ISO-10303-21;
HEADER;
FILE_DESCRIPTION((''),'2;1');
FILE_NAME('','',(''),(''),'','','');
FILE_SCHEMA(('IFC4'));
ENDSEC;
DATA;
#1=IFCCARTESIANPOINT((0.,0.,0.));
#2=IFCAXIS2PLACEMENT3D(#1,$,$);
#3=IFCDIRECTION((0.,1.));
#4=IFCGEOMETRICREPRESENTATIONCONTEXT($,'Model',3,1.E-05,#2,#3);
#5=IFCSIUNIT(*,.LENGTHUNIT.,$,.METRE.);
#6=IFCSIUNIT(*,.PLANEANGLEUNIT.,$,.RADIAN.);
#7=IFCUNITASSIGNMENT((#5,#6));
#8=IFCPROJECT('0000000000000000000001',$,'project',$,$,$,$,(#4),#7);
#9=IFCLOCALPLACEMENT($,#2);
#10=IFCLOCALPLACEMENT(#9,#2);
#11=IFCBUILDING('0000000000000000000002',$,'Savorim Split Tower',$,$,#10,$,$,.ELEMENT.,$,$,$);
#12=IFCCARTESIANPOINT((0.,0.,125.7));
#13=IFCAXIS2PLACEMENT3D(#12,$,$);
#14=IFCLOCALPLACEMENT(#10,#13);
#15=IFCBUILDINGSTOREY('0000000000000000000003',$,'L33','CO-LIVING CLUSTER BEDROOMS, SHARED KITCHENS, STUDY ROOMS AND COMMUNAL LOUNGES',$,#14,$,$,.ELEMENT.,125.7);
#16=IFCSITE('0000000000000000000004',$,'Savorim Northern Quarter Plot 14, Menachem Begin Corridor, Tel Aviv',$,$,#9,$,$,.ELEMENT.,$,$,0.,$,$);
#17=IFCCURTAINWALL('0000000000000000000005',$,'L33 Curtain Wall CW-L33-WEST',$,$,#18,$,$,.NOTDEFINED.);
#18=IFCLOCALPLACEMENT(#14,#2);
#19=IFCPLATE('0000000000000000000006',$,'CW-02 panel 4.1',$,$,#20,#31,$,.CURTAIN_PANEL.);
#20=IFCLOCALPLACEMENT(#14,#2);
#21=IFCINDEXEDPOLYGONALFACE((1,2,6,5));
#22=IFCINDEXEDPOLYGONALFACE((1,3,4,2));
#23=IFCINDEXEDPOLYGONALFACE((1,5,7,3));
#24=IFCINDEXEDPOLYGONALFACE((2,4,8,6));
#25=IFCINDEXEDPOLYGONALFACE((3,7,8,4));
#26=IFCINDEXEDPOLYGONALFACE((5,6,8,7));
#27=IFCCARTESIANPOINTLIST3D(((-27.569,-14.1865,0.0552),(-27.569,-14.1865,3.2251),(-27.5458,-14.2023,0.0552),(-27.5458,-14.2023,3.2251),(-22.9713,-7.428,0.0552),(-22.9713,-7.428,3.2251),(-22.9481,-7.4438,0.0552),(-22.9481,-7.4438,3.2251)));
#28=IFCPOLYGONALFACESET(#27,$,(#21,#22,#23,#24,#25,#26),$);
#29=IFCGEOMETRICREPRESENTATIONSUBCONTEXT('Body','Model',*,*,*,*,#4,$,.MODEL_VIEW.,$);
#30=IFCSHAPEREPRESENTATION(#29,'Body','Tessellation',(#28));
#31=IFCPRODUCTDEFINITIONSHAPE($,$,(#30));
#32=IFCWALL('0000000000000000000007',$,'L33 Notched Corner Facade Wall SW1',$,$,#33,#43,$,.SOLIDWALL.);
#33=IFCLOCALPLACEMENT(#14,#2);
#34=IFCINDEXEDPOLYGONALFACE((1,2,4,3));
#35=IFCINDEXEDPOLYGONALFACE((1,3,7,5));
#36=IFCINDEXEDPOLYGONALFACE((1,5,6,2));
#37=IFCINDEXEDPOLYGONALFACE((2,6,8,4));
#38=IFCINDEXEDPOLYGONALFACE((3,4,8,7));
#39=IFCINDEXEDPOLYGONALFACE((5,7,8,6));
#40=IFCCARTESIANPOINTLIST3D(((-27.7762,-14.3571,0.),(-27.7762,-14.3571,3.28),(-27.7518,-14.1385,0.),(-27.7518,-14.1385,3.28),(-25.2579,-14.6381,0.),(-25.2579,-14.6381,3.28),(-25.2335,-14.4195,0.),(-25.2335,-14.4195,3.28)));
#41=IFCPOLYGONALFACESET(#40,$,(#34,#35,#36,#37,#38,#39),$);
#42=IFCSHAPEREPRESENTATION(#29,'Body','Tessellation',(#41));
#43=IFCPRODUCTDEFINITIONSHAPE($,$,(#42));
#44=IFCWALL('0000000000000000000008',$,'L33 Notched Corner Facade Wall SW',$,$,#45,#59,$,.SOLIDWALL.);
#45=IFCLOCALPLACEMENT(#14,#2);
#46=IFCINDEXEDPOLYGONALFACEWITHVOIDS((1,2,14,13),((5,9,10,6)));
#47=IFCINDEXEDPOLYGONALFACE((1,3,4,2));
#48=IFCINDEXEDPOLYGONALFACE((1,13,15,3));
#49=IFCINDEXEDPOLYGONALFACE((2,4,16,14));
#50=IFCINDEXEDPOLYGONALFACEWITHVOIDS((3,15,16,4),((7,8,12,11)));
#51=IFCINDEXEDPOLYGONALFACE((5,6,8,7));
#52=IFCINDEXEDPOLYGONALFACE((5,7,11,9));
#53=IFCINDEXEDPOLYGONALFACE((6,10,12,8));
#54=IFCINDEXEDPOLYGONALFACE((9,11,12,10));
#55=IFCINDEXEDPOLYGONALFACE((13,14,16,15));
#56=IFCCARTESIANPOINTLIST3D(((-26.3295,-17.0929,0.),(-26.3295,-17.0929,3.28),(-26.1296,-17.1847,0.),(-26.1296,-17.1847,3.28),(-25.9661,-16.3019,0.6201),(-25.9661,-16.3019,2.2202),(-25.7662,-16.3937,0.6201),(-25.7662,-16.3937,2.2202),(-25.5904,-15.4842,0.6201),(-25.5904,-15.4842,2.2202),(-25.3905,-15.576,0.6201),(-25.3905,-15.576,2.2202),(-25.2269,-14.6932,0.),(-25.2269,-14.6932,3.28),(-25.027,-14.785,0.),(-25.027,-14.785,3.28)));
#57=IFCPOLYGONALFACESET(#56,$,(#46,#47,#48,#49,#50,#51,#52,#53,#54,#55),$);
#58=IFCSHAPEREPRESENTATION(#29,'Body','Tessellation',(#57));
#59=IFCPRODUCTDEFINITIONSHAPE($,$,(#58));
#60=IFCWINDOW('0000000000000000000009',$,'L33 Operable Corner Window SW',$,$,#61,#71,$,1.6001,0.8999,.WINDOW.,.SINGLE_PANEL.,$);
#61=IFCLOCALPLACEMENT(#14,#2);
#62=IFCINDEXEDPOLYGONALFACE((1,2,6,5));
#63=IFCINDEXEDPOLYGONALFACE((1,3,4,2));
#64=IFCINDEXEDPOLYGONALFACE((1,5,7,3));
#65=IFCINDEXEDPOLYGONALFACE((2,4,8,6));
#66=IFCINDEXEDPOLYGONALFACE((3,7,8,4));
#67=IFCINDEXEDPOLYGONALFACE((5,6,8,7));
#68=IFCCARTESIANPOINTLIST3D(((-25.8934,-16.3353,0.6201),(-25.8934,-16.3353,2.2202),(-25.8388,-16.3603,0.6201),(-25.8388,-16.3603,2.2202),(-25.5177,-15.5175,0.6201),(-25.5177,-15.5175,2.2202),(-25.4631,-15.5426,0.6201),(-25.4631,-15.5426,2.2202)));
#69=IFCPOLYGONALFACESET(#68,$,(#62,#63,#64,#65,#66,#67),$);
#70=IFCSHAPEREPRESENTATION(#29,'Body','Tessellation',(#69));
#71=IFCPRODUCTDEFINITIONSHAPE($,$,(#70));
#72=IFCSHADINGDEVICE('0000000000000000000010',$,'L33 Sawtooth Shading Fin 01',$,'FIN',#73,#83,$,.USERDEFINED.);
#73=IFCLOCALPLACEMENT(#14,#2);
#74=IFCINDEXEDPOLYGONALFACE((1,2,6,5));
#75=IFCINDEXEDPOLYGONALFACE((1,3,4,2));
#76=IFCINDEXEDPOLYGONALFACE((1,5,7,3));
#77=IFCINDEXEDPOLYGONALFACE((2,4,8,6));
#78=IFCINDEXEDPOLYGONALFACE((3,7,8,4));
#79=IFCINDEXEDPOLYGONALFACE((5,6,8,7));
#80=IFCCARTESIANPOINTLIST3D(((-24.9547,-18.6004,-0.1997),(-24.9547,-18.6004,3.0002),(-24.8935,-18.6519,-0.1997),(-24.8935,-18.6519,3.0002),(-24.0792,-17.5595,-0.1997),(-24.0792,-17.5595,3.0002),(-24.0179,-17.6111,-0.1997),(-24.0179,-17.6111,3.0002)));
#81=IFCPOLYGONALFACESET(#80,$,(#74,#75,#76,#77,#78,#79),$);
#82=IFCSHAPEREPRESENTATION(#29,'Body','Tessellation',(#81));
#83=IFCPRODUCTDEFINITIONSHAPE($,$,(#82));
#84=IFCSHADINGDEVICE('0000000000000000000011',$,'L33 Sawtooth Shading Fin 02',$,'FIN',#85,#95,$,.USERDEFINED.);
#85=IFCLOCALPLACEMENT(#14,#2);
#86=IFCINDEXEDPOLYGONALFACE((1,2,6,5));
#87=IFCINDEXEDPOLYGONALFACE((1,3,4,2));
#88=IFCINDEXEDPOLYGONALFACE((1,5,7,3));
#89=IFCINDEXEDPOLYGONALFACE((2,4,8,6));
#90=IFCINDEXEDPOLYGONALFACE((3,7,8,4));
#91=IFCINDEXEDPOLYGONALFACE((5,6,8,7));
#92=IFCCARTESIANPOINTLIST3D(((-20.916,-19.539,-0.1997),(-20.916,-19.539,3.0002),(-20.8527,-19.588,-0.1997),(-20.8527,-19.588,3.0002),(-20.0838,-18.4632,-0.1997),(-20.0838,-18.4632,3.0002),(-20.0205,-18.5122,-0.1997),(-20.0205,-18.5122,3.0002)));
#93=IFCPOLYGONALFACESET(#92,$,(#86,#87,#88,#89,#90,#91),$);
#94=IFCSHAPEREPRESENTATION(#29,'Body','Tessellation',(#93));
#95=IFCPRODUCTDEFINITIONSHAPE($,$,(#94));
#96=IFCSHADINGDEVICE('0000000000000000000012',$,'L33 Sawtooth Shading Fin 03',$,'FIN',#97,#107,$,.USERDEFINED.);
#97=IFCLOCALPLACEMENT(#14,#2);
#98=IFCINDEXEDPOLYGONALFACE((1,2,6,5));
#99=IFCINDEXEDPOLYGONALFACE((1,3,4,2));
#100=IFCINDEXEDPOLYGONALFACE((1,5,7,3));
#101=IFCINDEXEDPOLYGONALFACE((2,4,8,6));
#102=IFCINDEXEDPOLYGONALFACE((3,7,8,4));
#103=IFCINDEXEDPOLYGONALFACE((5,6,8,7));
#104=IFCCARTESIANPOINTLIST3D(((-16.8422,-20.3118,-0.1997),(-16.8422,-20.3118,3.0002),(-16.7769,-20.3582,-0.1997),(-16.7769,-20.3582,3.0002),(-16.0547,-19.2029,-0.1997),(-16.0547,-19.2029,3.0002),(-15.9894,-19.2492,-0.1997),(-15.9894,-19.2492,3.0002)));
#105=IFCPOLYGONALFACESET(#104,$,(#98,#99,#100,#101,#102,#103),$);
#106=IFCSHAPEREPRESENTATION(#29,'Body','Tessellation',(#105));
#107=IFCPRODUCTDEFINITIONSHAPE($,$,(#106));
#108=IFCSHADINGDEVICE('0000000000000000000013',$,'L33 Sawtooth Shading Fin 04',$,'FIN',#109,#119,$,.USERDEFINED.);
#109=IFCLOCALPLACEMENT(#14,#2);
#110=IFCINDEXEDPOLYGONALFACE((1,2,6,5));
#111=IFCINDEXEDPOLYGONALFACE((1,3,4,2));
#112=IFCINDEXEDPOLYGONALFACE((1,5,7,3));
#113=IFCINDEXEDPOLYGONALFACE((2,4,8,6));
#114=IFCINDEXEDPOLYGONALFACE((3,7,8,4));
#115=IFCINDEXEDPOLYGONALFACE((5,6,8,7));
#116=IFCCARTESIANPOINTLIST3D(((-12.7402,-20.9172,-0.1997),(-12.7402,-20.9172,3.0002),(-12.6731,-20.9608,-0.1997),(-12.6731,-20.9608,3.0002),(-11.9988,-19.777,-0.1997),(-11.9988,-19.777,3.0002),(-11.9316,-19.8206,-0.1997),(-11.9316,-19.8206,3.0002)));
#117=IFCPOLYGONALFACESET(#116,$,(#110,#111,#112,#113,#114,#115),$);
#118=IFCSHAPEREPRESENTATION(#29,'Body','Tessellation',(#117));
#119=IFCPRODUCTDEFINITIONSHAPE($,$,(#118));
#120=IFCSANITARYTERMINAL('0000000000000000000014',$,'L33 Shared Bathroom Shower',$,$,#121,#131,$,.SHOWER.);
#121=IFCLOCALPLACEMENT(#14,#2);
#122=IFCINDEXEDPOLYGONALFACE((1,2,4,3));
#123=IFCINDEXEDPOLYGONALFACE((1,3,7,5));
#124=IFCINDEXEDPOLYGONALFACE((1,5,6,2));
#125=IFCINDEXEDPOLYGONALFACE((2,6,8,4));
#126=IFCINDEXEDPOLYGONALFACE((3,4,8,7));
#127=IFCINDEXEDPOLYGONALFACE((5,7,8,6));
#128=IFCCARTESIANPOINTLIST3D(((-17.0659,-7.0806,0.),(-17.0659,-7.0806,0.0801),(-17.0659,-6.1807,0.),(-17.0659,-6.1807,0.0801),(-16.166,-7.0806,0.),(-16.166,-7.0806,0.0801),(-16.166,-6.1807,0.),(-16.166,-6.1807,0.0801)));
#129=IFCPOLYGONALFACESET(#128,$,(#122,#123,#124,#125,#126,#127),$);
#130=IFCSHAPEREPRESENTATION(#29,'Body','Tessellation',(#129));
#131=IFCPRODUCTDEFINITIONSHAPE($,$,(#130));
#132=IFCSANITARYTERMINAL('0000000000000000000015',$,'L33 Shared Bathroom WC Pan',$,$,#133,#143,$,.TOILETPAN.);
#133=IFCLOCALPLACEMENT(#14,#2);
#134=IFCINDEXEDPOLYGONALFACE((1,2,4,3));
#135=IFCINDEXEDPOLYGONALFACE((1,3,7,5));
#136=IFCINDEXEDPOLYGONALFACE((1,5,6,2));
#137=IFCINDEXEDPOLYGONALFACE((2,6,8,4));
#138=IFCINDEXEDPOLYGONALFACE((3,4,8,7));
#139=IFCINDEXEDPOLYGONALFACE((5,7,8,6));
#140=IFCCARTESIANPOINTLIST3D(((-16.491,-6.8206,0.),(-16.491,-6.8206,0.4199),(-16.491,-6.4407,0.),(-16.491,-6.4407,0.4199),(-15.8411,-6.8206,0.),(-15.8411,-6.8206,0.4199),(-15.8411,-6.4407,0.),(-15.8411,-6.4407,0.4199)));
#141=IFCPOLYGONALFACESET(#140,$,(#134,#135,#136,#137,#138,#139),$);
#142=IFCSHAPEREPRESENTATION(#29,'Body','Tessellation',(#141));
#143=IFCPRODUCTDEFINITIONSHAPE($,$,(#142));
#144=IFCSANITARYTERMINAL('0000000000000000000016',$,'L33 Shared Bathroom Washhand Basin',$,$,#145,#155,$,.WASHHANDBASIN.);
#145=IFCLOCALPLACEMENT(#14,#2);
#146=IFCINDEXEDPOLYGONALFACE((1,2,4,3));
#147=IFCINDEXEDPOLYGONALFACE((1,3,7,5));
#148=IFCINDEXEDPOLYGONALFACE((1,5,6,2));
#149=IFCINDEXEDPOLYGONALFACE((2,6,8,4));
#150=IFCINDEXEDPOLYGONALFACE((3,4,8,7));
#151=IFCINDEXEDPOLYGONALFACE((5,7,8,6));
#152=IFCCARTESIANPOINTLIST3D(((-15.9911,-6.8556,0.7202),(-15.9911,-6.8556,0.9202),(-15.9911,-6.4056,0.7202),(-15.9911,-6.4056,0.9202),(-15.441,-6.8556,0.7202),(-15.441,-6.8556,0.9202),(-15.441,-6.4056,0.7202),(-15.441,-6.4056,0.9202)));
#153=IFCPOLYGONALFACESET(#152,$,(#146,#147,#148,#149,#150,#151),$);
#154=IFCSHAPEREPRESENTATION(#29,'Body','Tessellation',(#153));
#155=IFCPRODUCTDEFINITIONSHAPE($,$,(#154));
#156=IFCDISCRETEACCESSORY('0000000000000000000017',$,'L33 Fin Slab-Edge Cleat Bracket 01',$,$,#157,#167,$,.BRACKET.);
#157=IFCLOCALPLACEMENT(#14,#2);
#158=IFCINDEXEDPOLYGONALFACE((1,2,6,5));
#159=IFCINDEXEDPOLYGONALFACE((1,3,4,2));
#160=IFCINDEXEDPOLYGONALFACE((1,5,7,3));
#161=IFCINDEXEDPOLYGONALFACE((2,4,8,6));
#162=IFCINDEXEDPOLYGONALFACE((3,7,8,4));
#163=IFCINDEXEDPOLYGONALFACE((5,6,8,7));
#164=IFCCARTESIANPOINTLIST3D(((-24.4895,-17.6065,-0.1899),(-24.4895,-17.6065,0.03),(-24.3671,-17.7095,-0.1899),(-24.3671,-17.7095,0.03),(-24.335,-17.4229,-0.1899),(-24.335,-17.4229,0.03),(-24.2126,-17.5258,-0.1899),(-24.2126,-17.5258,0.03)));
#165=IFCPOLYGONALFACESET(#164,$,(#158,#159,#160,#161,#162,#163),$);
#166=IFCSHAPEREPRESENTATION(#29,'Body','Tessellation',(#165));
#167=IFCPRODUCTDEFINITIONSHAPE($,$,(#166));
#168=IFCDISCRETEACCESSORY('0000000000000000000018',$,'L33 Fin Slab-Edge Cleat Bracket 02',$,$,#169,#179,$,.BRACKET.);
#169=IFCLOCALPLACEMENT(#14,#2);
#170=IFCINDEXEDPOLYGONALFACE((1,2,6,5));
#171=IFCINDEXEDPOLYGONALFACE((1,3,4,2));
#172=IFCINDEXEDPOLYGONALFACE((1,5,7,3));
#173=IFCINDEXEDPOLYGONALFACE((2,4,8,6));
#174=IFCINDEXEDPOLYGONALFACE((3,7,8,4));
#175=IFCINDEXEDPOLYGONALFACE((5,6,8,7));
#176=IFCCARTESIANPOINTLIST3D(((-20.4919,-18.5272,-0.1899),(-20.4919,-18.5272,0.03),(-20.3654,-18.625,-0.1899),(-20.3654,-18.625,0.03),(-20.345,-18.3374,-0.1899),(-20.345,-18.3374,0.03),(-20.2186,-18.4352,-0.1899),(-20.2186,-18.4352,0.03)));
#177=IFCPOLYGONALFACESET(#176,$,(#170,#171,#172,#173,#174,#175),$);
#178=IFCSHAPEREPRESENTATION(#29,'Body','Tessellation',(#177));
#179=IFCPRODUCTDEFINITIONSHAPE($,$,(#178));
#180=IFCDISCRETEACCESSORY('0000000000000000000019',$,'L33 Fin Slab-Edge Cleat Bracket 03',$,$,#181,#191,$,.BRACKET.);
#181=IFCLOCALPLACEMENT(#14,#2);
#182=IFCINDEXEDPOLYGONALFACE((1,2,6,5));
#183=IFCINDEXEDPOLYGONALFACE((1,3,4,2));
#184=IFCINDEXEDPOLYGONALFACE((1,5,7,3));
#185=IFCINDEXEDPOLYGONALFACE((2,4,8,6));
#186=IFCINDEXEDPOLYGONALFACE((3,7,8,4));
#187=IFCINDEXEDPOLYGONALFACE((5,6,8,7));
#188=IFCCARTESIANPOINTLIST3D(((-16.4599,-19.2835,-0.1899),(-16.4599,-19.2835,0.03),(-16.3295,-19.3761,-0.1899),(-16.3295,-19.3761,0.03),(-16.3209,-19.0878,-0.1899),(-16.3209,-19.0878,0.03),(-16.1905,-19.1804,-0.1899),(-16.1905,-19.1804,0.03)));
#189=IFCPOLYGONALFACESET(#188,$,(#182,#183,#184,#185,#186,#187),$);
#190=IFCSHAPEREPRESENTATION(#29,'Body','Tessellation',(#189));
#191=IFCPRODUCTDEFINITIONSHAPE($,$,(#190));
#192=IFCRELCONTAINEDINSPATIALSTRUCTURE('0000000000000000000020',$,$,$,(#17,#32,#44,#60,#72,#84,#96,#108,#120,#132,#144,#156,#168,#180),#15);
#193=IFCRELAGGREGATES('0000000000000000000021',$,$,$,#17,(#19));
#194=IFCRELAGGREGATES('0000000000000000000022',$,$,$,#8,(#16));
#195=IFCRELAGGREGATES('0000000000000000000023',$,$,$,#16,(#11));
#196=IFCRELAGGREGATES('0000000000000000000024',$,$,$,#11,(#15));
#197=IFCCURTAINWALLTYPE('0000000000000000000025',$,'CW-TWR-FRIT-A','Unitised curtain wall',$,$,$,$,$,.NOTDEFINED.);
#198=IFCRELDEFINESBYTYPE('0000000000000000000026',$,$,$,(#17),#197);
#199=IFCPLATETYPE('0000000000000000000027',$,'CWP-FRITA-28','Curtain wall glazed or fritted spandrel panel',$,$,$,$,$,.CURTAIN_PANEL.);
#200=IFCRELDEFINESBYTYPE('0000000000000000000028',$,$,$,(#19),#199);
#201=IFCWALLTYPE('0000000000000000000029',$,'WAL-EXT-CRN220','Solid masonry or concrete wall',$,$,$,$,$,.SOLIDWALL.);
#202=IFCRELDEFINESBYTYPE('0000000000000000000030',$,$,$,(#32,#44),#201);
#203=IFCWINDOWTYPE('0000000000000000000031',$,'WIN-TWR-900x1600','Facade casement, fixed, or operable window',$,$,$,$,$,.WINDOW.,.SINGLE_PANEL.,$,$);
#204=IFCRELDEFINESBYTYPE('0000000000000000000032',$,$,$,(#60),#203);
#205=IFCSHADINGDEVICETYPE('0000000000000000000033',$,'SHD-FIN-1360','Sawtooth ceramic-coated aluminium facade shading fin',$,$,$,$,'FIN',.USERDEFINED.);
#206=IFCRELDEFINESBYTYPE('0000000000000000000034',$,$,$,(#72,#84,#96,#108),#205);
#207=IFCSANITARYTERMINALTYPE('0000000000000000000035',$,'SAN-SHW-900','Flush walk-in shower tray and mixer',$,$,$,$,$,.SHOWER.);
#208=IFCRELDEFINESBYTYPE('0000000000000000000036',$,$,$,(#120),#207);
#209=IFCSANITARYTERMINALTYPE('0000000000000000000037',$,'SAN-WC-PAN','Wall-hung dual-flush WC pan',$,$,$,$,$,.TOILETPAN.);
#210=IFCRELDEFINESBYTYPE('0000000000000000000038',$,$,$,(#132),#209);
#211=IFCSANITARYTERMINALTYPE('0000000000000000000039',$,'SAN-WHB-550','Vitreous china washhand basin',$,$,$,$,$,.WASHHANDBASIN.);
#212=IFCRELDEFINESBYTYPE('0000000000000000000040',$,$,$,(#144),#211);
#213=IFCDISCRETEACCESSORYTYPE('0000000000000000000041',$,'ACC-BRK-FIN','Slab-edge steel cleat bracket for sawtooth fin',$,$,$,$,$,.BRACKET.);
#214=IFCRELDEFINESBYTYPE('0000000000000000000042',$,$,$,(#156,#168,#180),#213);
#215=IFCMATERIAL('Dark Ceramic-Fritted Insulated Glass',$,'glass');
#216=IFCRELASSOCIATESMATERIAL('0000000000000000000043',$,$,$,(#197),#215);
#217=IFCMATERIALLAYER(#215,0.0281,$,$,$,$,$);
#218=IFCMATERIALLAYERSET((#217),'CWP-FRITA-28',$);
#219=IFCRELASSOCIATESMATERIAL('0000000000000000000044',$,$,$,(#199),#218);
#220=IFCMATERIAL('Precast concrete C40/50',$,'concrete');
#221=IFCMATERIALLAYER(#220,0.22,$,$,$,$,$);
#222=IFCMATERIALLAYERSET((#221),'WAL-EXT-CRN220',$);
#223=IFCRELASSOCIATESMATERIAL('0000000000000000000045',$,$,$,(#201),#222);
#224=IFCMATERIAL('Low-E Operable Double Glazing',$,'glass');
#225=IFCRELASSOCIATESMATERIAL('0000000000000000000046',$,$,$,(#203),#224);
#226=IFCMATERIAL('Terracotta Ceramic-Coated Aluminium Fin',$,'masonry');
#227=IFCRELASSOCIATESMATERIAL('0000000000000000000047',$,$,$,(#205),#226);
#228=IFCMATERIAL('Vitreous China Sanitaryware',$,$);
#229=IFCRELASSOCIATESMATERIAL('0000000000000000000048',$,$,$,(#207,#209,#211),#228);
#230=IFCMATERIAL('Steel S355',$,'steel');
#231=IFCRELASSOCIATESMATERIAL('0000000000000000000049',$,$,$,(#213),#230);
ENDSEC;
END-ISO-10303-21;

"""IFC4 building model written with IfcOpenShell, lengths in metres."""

from ifc_helpers import new_model, si_unit, direction, frame, frame_2d, origin, origin_2d, place, context, subcontext, project, spatial, rectangle, extrude, material, layer, layer_set, type_object, element, fill, aggregate, save


model = new_model("IFC4")

# Units and contexts
model_context = context("Model", 3, precision=1e-05, world=origin(), true_north=direction((0.0, 1.0)))
body_context = subcontext(model_context, "Body", "Model", "MODEL_VIEW")
ifc_project = project(units=[si_unit("LENGTHUNIT", "METRE"), si_unit("PLANEANGLEUNIT", "RADIAN")], contexts=[model_context])

# Site, building, storey
site_placement = place(None, origin())
site = spatial("IfcSite", under=ifc_project, at=site_placement, Name="Savorim Northern Quarter Plot 14, Menachem Begin Corridor, Tel Aviv", CompositionType="ELEMENT", RefElevation=0.0)
building_placement = place(site_placement, origin())
building = spatial("IfcBuilding", under=site, at=building_placement, Name="Savorim Split Tower", CompositionType="ELEMENT")
storey_placement = place(building_placement, frame((0.0, 0.0, 125.7)))
storey = spatial("IfcBuildingStorey", under=building, at=storey_placement, Name="L33", Description="CO-LIVING CLUSTER BEDROOMS, SHARED KITCHENS, STUDY ROOMS AND COMMUNAL LOUNGES", CompositionType="ELEMENT", Elevation=125.7)

# Shared definitions
ifc_material_1 = material(Name="Steel S355", Category="steel")

# Shared definitions
ifc_material_2 = material(Name="Dark Ceramic-Fritted Insulated Glass", Category="glass")
curtain_wall_type = type_object("IfcCurtainWallType", Name="CW-TWR-FRIT-A", Description="Unitised curtain wall", PredefinedType="NOTDEFINED", material=ifc_material_2)

# Curtain wall
curtain_wall_1_placement = place(storey_placement, origin())
curtain_wall_1 = element("IfcCurtainWall", 1, at=curtain_wall_1_placement, inside=storey, type_object=curtain_wall_type, Name="L33 Curtain Wall CW-L33-WEST", PredefinedType="NOTDEFINED")

# Plate
ifc_layer_1 = layer(ifc_material_2, 0.0281)
ifc_layer_set_1 = layer_set([ifc_layer_1], Name="CWP-FRITA-28")
plate_type = type_object("IfcPlateType", Name="CWP-FRITA-28", Description="Curtain wall glazed or fritted spandrel panel", PredefinedType="CURTAIN_PANEL", material=ifc_layer_set_1)
plate_1_placement = place(storey_placement, frame((-25.2585, -10.8152, 0.0552), z_axis=(0.0, 0.0, 1.0), x_axis=(-0.562467, -0.82682, 0.0)))
plate_1 = element("IfcPlate", 2, at=plate_1_placement, type_object=plate_type, Name="CW-02 panel 4.1", PredefinedType="CURTAIN_PANEL", context=body_context, shape_type="SweptSolid", body=[
    extrude(rectangle(XDim=8.1741, YDim=0.0281, at=origin_2d()), origin(), (0.0, 0.0, 1.0), 3.1699),
])
aggregate(curtain_wall_1, [plate_1])

# Wall
ifc_material_3 = material(Name="Precast concrete C40/50", Category="concrete")
ifc_layer_2 = layer(ifc_material_3, 0.22)
ifc_layer_set_2 = layer_set([ifc_layer_2], Name="WAL-EXT-CRN220")
wall_type = type_object("IfcWallType", Name="WAL-EXT-CRN220", Description="Solid masonry or concrete wall", PredefinedType="SOLIDWALL", material=ifc_layer_set_2)
wall_1_placement = place(storey_placement, frame((-25.2456, -14.5288, 0.0), z_axis=(0.0, 0.0, 1.0), x_axis=(-0.993832, 0.110897, 0.0)))
element("IfcWall", 3, at=wall_1_placement, inside=storey, type_object=wall_type, Name="L33 Notched Corner Facade Wall SW1", PredefinedType="SOLIDWALL", context=body_context, shape_type="SweptSolid", body=[
    extrude(rectangle(XDim=2.5339, YDim=0.22, at=frame_2d((1.2671, 0.0))), origin(), (0.0, 0.0, 1.0), 3.28),
])

# Wall, opening, window
wall_2_placement = place(storey_placement, frame((-26.2295, -17.1387, 0.0), z_axis=(0.0, 0.0, 1.0), x_axis=(0.417498, 0.908678, 0.0)))
wall_2 = element("IfcWall", 4, at=wall_2_placement, inside=storey, type_object=wall_type, Name="L33 Notched Corner Facade Wall SW", PredefinedType="SOLIDWALL", context=body_context, shape_type="SweptSolid", body=[
    extrude(rectangle(XDim=2.6409, YDim=0.22, at=frame_2d((1.3203, 0.0))), origin(), (0.0, 0.0, 1.0), 3.28),
])
opening_placement = place(wall_2_placement, frame((0.8704, 0.0, 0.6201)))
opening = element("IfcOpeningElement", 5, at=opening_placement, cuts=wall_2, PredefinedType="OPENING", context=body_context, shape_type="SweptSolid", body=[
    extrude(rectangle(XDim=0.8999, YDim=1.6001, at=frame_2d((0.45, 0.8))), frame((0.0, 0.1199, 0.0), z_axis=(0.0, -1.0, 0.0), x_axis=(1.0, 0.0, 0.0)), (0.0, 0.0, 1.0), 0.24),
])
ifc_material_4 = material(Name="Low-E Operable Double Glazing", Category="glass")
window_type = type_object("IfcWindowType", Name="WIN-TWR-900x1600", Description="Facade casement, fixed, or operable window", PartitioningType="SINGLE_PANEL", PredefinedType="WINDOW", material=ifc_material_4)
window_placement = place(opening_placement, origin())
window = element("IfcWindow", 6, at=window_placement, inside=storey, type_object=window_type, Name="L33 Operable Corner Window SW", OverallHeight=1.6001, OverallWidth=0.8999, PartitioningType="SINGLE_PANEL", PredefinedType="WINDOW", context=body_context, shape_type="SweptSolid", body=[
    extrude(rectangle(XDim=0.8999, YDim=1.6001, at=frame_2d((0.45, 0.8))), frame((0.0, 0.03, 0.0), z_axis=(0.0, -1.0, 0.0), x_axis=(1.0, 0.0, 0.0)), (0.0, 0.0, 1.0), 0.0601),
])
fill(opening, window)

# Shading devices
ifc_material_5 = material(Name="Terracotta Ceramic-Coated Aluminium Fin", Category="masonry")
shading_device_type = type_object("IfcShadingDeviceType", Name="SHD-FIN-1360", Description="Sawtooth ceramic-coated aluminium facade shading fin", ElementType="FIN", PredefinedType="USERDEFINED", material=ifc_material_5)
for number, where, z_axis, x_axis, name in (
    (7, (-24.4863, -18.1057, -0.1997), (0.0, 0.0, 1.0), (-0.643719, -0.765262, 0.0), "L33 Sawtooth Shading Fin 01"),
    (8, (-20.4683, -19.0256, -0.1997), (0.0, 0.0, 1.0), (-0.611868, -0.79096, 0.0), "L33 Sawtooth Shading Fin 02"),
    (9, (-16.4158, -19.7805, -0.1997), (0.0, 0.0, 1.0), (-0.578994, -0.815332, 0.0), "L33 Sawtooth Shading Fin 03"),
    (10, (-12.3359, -20.3689, -0.1997), (0.0, 0.0, 1.0), (-0.545148, -0.83834, 0.0), "L33 Sawtooth Shading Fin 04"),
):
    element("IfcShadingDevice", number, at=place(storey_placement, frame(where, z_axis=z_axis, x_axis=x_axis)), inside=storey, type_object=shading_device_type, Name=name, ObjectType="FIN", PredefinedType="USERDEFINED", context=body_context, shape_type="SweptSolid", body=[
        extrude(rectangle(XDim=1.3601, YDim=0.0801, at=origin_2d()), origin(), (0.0, 0.0, 1.0), 3.2),
    ])

# Sanitary terminals
ifc_material_6 = material(Name="Vitreous China Sanitaryware")
sanitary_terminal_type_1 = type_object("IfcSanitaryTerminalType", Name="SAN-SHW-900", Description="Flush walk-in shower tray and mixer", PredefinedType="SHOWER", material=ifc_material_6)
sanitary_terminal_1_placement = place(storey_placement, frame((-16.616, -6.6306, 0.0), z_axis=(0.0, 0.0, 1.0), x_axis=(1.0, 0.0, 0.0)))
element("IfcSanitaryTerminal", 11, at=sanitary_terminal_1_placement, inside=storey, type_object=sanitary_terminal_type_1, Name="L33 Shared Bathroom Shower", PredefinedType="SHOWER", context=body_context, shape_type="SweptSolid", body=[
    extrude(rectangle(XDim=0.8999, YDim=0.8999, at=origin_2d()), origin(), (0.0, 0.0, 1.0), 0.0801),
])
sanitary_terminal_type_2 = type_object("IfcSanitaryTerminalType", Name="SAN-WC-PAN", Description="Wall-hung dual-flush WC pan", PredefinedType="TOILETPAN", material=ifc_material_6)
sanitary_terminal_2_placement = place(storey_placement, frame((-16.166, -6.6306, 0.0), z_axis=(0.0, 0.0, 1.0), x_axis=(1.0, 0.0, 0.0)))
element("IfcSanitaryTerminal", 12, at=sanitary_terminal_2_placement, inside=storey, type_object=sanitary_terminal_type_2, Name="L33 Shared Bathroom WC Pan", PredefinedType="TOILETPAN", context=body_context, shape_type="SweptSolid", body=[
    extrude(rectangle(XDim=0.6499, YDim=0.3799, at=origin_2d()), origin(), (0.0, 0.0, 1.0), 0.4199),
])
sanitary_terminal_type_3 = type_object("IfcSanitaryTerminalType", Name="SAN-WHB-550", Description="Vitreous china washhand basin", PredefinedType="WASHHANDBASIN", material=ifc_material_6)
sanitary_terminal_3_placement = place(storey_placement, frame((-15.7161, -6.6306, 0.7202), z_axis=(0.0, 0.0, 1.0), x_axis=(1.0, 0.0, 0.0)))
element("IfcSanitaryTerminal", 13, at=sanitary_terminal_3_placement, inside=storey, type_object=sanitary_terminal_type_3, Name="L33 Shared Bathroom Washhand Basin", PredefinedType="WASHHANDBASIN", context=body_context, shape_type="SweptSolid", body=[
    extrude(rectangle(XDim=0.55, YDim=0.45, at=origin_2d()), origin(), (0.0, 0.0, 1.0), 0.2),
])

# Discrete accessories
discrete_accessory_type = type_object("IfcDiscreteAccessoryType", Name="ACC-BRK-FIN", Description="Slab-edge steel cleat bracket for sawtooth fin", PredefinedType="BRACKET", material=ifc_material_1)
for number, where, z_axis, x_axis, name in (
    (14, (-24.3511, -17.5662, -0.1899), (0.0, 0.0, 1.0), (-0.643719, -0.765262, 0.0), "L33 Fin Slab-Edge Cleat Bracket 01"),
    (15, (-20.3552, -18.4812, -0.1899), (0.0, 0.0, 1.0), (-0.611868, -0.79096, 0.0), "L33 Fin Slab-Edge Cleat Bracket 02"),
    (16, (-16.3252, -19.2319, -0.1899), (0.0, 0.0, 1.0), (-0.578994, -0.815332, 0.0), "L33 Fin Slab-Edge Cleat Bracket 03"),
):
    element("IfcDiscreteAccessory", number, at=place(storey_placement, frame(where, z_axis=z_axis, x_axis=x_axis)), inside=storey, type_object=discrete_accessory_type, Name=name, PredefinedType="BRACKET", context=body_context, shape_type="SweptSolid", body=[
        extrude(rectangle(XDim=0.24, YDim=0.1599, at=origin_2d()), origin(), (0.0, 0.0, 1.0), 0.22),
    ])

save(model, "model.ifc")
